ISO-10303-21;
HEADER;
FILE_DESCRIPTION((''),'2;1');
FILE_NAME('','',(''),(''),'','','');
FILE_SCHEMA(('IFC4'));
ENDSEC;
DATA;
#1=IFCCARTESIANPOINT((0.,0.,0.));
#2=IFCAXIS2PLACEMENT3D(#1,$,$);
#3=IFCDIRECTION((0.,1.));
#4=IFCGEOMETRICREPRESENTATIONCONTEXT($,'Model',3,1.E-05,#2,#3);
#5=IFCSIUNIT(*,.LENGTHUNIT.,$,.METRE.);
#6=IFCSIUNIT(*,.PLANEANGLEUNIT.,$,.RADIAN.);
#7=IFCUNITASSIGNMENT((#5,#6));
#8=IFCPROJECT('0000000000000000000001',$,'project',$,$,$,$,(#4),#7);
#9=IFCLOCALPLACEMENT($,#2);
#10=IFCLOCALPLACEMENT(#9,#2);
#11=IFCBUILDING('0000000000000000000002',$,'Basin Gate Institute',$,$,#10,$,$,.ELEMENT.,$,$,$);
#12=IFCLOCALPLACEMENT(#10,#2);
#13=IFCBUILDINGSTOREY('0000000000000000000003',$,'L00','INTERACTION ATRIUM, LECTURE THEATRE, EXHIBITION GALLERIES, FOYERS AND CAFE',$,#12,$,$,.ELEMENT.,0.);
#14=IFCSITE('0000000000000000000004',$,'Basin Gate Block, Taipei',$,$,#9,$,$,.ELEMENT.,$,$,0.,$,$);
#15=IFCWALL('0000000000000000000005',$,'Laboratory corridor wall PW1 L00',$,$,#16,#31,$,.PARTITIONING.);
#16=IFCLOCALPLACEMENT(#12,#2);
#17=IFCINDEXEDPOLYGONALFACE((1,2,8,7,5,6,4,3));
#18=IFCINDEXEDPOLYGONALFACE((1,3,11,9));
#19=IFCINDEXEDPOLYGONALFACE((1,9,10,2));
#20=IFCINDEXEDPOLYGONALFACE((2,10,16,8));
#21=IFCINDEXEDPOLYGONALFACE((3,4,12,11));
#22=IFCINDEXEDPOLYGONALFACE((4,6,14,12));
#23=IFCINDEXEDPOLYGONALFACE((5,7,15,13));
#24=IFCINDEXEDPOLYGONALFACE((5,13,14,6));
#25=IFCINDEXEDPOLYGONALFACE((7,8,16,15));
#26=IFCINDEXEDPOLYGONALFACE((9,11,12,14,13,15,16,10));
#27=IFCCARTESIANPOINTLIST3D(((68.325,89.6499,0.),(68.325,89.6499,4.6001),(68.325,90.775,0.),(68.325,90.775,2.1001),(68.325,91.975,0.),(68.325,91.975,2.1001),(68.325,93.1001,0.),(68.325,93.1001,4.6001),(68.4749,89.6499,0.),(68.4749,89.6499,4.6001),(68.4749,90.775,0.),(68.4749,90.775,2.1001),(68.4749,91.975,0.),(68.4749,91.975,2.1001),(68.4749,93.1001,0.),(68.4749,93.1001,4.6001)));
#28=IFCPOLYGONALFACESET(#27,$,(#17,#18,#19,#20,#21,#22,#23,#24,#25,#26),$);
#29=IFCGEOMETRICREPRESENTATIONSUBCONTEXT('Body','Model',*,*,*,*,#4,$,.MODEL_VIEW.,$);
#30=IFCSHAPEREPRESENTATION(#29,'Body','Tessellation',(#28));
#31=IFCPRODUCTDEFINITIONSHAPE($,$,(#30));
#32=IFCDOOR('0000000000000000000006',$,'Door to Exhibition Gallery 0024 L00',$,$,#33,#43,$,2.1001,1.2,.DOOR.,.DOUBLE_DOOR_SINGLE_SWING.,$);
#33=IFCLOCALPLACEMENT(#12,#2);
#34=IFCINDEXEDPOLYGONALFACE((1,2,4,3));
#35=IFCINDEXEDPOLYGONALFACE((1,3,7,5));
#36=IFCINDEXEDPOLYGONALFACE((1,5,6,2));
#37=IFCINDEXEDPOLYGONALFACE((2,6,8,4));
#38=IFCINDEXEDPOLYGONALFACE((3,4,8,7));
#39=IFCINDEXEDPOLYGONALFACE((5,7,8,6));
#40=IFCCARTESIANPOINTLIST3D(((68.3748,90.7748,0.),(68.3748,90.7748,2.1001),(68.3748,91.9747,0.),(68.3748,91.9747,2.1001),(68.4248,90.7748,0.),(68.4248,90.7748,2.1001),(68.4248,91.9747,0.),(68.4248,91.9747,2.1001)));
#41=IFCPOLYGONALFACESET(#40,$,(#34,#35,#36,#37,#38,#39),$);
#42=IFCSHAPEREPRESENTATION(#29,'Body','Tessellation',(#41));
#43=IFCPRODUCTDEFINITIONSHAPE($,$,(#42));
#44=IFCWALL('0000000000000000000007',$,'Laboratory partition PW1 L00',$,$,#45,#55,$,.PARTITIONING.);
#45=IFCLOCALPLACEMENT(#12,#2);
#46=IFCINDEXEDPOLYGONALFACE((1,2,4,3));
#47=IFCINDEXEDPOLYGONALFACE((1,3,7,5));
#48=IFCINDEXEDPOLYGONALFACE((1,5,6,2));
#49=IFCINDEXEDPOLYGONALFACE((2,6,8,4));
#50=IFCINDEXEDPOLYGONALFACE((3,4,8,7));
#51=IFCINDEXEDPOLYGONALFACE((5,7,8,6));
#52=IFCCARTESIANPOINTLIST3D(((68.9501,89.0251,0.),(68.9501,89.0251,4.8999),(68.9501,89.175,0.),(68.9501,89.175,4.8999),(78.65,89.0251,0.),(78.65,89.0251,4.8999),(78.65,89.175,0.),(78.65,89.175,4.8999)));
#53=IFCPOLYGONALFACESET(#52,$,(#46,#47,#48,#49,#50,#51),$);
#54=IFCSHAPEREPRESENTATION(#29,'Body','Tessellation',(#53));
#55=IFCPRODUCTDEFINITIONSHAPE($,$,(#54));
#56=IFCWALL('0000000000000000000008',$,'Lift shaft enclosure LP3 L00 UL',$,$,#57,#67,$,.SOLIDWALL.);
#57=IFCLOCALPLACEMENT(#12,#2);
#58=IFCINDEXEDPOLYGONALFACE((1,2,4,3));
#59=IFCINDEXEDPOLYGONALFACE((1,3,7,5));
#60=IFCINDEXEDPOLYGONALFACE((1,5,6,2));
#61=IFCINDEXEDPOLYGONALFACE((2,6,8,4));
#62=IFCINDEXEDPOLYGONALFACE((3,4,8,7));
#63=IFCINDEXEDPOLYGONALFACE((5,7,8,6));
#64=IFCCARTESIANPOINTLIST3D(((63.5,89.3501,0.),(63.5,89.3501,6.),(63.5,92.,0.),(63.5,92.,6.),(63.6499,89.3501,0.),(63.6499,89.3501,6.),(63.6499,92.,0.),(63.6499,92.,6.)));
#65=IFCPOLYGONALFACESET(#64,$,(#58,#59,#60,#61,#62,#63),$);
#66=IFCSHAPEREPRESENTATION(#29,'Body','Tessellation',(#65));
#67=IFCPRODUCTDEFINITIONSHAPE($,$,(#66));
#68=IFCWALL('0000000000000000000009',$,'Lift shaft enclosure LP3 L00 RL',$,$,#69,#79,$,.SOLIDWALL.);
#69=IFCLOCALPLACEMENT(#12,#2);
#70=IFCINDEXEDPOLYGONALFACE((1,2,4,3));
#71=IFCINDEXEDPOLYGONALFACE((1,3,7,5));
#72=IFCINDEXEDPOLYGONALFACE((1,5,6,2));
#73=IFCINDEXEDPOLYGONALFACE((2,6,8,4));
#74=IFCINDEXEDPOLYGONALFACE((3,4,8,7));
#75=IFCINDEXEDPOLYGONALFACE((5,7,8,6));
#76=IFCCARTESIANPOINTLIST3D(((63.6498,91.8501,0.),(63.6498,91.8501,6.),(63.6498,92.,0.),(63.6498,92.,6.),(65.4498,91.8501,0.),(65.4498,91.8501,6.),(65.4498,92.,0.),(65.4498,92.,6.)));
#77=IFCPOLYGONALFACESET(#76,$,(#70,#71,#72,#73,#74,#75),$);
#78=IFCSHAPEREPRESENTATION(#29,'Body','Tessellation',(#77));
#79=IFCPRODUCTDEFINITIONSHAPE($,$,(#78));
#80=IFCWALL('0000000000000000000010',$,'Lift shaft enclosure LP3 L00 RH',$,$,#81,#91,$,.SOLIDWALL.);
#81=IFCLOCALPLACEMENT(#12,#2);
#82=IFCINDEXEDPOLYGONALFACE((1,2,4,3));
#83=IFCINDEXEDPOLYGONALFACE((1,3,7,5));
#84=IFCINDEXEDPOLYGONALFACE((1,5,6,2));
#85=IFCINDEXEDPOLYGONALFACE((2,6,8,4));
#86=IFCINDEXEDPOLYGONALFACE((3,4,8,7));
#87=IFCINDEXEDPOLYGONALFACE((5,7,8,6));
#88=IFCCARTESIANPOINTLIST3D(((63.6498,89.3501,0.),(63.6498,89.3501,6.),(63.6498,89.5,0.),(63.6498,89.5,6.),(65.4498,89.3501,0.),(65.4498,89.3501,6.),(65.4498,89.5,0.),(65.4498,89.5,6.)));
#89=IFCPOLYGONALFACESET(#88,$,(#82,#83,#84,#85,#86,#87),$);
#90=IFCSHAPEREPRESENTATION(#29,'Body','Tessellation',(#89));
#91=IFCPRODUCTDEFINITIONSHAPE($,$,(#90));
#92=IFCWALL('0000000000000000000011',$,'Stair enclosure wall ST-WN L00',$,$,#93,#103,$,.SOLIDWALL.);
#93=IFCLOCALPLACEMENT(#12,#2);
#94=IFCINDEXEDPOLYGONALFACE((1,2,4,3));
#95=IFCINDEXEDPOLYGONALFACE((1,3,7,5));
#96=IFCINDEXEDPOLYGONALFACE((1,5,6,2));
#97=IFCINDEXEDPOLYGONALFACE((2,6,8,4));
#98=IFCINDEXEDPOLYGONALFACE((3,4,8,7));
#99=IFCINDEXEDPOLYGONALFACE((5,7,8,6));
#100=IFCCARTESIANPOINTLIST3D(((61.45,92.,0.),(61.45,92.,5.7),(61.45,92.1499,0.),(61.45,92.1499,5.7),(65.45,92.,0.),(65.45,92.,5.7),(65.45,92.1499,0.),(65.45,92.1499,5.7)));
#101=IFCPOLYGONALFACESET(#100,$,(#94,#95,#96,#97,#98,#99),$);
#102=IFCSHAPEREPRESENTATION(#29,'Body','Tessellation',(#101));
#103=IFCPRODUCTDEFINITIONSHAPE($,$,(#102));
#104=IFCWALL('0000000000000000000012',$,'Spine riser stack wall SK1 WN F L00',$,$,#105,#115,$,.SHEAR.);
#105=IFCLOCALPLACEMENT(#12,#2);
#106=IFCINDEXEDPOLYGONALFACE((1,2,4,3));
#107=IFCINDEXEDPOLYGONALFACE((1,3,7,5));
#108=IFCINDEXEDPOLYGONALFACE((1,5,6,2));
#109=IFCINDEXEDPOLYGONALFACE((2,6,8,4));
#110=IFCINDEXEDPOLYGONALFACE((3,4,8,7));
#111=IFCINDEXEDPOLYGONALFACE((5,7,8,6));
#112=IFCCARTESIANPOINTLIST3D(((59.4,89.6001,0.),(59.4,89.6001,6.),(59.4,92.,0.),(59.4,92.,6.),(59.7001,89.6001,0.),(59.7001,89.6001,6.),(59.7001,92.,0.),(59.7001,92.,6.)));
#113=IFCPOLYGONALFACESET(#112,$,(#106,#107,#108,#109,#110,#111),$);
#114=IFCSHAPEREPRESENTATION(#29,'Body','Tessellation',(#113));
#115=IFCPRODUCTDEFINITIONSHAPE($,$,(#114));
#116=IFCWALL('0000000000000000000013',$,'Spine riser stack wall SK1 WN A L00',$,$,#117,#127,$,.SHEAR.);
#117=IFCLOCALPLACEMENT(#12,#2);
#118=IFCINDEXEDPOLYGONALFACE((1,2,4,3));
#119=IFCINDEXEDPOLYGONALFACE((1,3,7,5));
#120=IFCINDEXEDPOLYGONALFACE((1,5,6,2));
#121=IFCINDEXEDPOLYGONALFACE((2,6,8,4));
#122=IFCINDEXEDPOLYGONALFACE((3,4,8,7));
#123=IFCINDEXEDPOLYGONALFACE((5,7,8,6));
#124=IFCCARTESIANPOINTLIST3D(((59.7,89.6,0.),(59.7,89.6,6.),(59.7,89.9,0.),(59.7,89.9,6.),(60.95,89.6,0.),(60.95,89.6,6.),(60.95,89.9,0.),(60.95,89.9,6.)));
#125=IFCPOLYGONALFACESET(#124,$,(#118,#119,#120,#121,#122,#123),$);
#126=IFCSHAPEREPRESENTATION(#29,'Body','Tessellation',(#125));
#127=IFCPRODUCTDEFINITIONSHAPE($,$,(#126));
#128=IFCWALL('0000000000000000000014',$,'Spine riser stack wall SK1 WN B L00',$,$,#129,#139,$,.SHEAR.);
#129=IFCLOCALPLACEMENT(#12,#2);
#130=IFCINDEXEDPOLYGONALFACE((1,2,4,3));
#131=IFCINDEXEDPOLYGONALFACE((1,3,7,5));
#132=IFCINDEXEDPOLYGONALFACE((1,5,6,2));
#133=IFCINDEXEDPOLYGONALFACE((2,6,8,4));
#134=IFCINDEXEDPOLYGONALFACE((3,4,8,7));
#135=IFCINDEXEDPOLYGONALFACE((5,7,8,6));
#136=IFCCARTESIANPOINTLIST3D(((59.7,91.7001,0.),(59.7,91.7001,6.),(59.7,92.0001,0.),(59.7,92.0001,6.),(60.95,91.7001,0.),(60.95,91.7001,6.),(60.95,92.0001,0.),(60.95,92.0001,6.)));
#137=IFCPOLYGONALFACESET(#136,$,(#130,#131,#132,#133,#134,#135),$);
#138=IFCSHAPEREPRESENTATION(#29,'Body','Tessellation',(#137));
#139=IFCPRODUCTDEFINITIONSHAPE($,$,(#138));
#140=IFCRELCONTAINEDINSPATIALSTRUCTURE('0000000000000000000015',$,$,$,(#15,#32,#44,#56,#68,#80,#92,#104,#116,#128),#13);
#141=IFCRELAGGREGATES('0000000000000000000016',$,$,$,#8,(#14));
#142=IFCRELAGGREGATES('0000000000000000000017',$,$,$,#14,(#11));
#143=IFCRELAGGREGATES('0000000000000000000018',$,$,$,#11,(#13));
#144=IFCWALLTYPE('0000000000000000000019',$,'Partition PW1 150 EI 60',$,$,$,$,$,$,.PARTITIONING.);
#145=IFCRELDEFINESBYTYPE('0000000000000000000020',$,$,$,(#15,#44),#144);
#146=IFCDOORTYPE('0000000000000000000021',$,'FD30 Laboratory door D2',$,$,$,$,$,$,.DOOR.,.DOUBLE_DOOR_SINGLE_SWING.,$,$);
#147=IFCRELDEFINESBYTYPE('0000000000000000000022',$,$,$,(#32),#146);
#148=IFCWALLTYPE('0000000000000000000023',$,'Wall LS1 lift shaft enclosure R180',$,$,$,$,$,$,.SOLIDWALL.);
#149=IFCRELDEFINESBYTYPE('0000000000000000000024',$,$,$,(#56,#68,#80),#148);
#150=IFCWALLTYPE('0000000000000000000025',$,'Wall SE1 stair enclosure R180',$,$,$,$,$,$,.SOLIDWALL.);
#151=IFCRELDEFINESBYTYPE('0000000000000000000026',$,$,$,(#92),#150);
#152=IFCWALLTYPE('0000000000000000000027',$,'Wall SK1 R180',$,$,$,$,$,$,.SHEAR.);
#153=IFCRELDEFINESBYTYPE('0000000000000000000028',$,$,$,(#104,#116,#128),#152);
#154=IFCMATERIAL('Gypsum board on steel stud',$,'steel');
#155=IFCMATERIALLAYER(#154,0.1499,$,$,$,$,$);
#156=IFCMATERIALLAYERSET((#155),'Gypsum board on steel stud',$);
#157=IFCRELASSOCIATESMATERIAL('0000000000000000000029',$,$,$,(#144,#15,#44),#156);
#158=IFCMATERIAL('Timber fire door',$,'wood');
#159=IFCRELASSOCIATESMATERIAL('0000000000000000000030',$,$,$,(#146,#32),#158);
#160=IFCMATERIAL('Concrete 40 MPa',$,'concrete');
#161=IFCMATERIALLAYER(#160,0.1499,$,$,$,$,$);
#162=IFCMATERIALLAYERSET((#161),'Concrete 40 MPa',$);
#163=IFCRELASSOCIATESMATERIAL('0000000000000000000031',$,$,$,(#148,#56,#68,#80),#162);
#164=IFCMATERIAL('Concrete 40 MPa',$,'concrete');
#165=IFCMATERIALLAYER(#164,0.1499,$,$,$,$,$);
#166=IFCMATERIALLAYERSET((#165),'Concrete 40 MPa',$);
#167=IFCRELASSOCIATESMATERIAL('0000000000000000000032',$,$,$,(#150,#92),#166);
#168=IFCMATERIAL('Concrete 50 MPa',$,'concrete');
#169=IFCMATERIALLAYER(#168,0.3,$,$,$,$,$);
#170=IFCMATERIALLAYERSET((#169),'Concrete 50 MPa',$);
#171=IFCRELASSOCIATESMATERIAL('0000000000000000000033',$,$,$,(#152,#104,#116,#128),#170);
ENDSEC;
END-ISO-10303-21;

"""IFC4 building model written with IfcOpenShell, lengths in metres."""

from ifc_helpers import new_model, si_unit, direction, frame, frame_2d, origin, place, context, subcontext, project, spatial, rectangle, extrude, material, layer, layer_set, type_object, element, fill, save


model = new_model("IFC4")

# Units and contexts
model_context = context("Model", 3, precision=1e-05, world=origin(), true_north=direction((0.0, 1.0)))
body_context = subcontext(model_context, "Body", "Model", "MODEL_VIEW")
ifc_project = project(units=[si_unit("LENGTHUNIT", "METRE"), si_unit("PLANEANGLEUNIT", "RADIAN")], contexts=[model_context])

# Site, building, storey
site_placement = place(None, origin())
site = spatial("IfcSite", under=ifc_project, at=site_placement, Name="Basin Gate Block, Taipei", CompositionType="ELEMENT", RefElevation=0.0)
building_placement = place(site_placement, origin())
building = spatial("IfcBuilding", under=site, at=building_placement, Name="Basin Gate Institute", CompositionType="ELEMENT")
storey_placement = place(building_placement, origin())
storey = spatial("IfcBuildingStorey", under=building, at=storey_placement, Name="L00", Description="INTERACTION ATRIUM, LECTURE THEATRE, EXHIBITION GALLERIES, FOYERS AND CAFE", CompositionType="ELEMENT", Elevation=0.0)

# Wall, opening, door
ifc_material_1 = material(Name="Gypsum board on steel stud", Category="steel")
ifc_layer_1 = layer(ifc_material_1, 0.1499)
ifc_layer_set_1 = layer_set([ifc_layer_1], Name="Gypsum board on steel stud")
wall_type_1 = type_object("IfcWallType", Name="Partition PW1 150 EI 60", PredefinedType="PARTITIONING", material=ifc_layer_set_1)
wall_1_placement = place(storey_placement, frame((68.3999, 89.6499, 0.0), z_axis=(0.0, 0.0, 1.0), x_axis=(0.0, 1.0, 0.0)))
wall_1 = element("IfcWall", 1, at=wall_1_placement, inside=storey, type_object=wall_type_1, material=ifc_layer_set_1, Name="Laboratory corridor wall PW1 L00", PredefinedType="PARTITIONING", context=body_context, shape_type="SweptSolid", body=[
    extrude(rectangle(XDim=3.4502, YDim=0.1499, at=frame_2d((1.7251, 0.0))), origin(), (0.0, 0.0, 1.0), 4.6001),
])
opening_1_placement = place(wall_1_placement, frame((1.125, 0.0, 0.0)))
opening_1 = element("IfcOpeningElement", 2, at=opening_1_placement, cuts=wall_1, PredefinedType="OPENING", context=body_context, shape_type="SweptSolid", body=[
    extrude(rectangle(XDim=1.2, YDim=2.1001, at=frame_2d((0.6001, 1.05))), frame((0.0, 0.085, 0.0), z_axis=(0.0, -1.0, 0.0), x_axis=(1.0, 0.0, 0.0)), (0.0, 0.0, 1.0), 0.1699),
])
ifc_material_2 = material(Name="Timber fire door", Category="wood")
door_type_1 = type_object("IfcDoorType", Name="FD30 Laboratory door D2", OperationType="DOUBLE_DOOR_SINGLE_SWING", PredefinedType="DOOR", material=ifc_material_2)
door_1_placement = place(opening_1_placement, frame((1.2, 0.0, 0.0), z_axis=(0.0, 0.0, 1.0), x_axis=(-1.0, 0.0, 0.0)))
door_1 = element("IfcDoor", 3, at=door_1_placement, inside=storey, type_object=door_type_1, material=ifc_material_2, Name="Door to Exhibition Gallery 0024 L00", OperationType="DOUBLE_DOOR_SINGLE_SWING", OverallHeight=2.1001, OverallWidth=1.2, PredefinedType="DOOR", context=body_context, shape_type="SweptSolid", body=[
    extrude(rectangle(XDim=1.2, YDim=2.1001, at=frame_2d((0.6001, 1.05))), frame((0.0, 0.0249, 0.0), z_axis=(0.0, -1.0, 0.0), x_axis=(1.0, 0.0, 0.0)), (0.0, 0.0, 1.0), 0.05),
])
fill(opening_1, door_1)

# Walls
wall_2_placement = place(storey_placement, frame((68.95, 89.1001, 0.0), z_axis=(0.0, 0.0, 1.0), x_axis=(1.0, 0.0, 0.0)))
element("IfcWall", 4, at=wall_2_placement, inside=storey, type_object=wall_type_1, material=ifc_layer_set_1, Name="Laboratory partition PW1 L00", PredefinedType="PARTITIONING", context=body_context, shape_type="SweptSolid", body=[
    extrude(rectangle(XDim=9.7, YDim=0.1499, at=frame_2d((4.8501, 0.0))), origin(), (0.0, 0.0, 1.0), 4.8999),
])
ifc_material_3 = material(Name="Concrete 40 MPa", Category="concrete")
ifc_layer_2 = layer(ifc_material_3, 0.1499)
ifc_layer_set_2 = layer_set([ifc_layer_2], Name="Concrete 40 MPa")
wall_type_2 = type_object("IfcWallType", Name="Wall LS1 lift shaft enclosure R180", PredefinedType="SOLIDWALL", material=ifc_layer_set_2)
wall_3_placement = place(storey_placement, frame((63.575, 92.0, 0.0), z_axis=(0.0, 0.0, 1.0), x_axis=(0.0, -1.0, 0.0)))
element("IfcWall", 5, at=wall_3_placement, inside=storey, type_object=wall_type_2, material=ifc_layer_set_2, Name="Lift shaft enclosure LP3 L00 UL", PredefinedType="SOLIDWALL", context=body_context, shape_type="SweptSolid", body=[
    extrude(rectangle(XDim=2.6499, YDim=0.1499, at=frame_2d((1.325, 0.0))), origin(), (0.0, 0.0, 1.0), 6.0),
])
for number, where, z_axis, x_axis, name in (
    (6, (63.6499, 91.925, 0.0), (0.0, 0.0, 1.0), (1.0, 0.0, 0.0), "Lift shaft enclosure LP3 L00 RL"),
    (7, (63.6499, 89.425, 0.0), (0.0, 0.0, 1.0), (1.0, 0.0, 0.0), "Lift shaft enclosure LP3 L00 RH"),
):
    element("IfcWall", number, at=place(storey_placement, frame(where, z_axis=z_axis, x_axis=x_axis)), inside=storey, type_object=wall_type_2, material=ifc_layer_set_2, Name=name, PredefinedType="SOLIDWALL", context=body_context, shape_type="SweptSolid", body=[
        extrude(rectangle(XDim=1.8, YDim=0.1499, at=frame_2d((0.8999, 0.0))), origin(), (0.0, 0.0, 1.0), 6.0),
    ])
ifc_material_4 = material(Name="Concrete 40 MPa", Category="concrete")
ifc_layer_3 = layer(ifc_material_4, 0.1499)
ifc_layer_set_3 = layer_set([ifc_layer_3], Name="Concrete 40 MPa")
wall_type_3 = type_object("IfcWallType", Name="Wall SE1 stair enclosure R180", PredefinedType="SOLIDWALL", material=ifc_layer_set_3)
wall_4_placement = place(storey_placement, frame((61.45, 92.075, 0.0), z_axis=(0.0, 0.0, 1.0), x_axis=(1.0, 0.0, 0.0)))
element("IfcWall", 8, at=wall_4_placement, inside=storey, type_object=wall_type_3, material=ifc_layer_set_3, Name="Stair enclosure wall ST-WN L00", PredefinedType="SOLIDWALL", context=body_context, shape_type="SweptSolid", body=[
    extrude(rectangle(XDim=4.0, YDim=0.1499, at=frame_2d((2.0, 0.0))), origin(), (0.0, 0.0, 1.0), 5.7),
])
ifc_material_5 = material(Name="Concrete 50 MPa", Category="concrete")
ifc_layer_4 = layer(ifc_material_5, 0.3)
ifc_layer_set_4 = layer_set([ifc_layer_4], Name="Concrete 50 MPa")
wall_type_4 = type_object("IfcWallType", Name="Wall SK1 R180", PredefinedType="SHEAR", material=ifc_layer_set_4)
wall_5_placement = place(storey_placement, frame((59.55, 89.6001, 0.0), z_axis=(0.0, 0.0, 1.0), x_axis=(0.0, 1.0, 0.0)))
element("IfcWall", 9, at=wall_5_placement, inside=storey, type_object=wall_type_4, material=ifc_layer_set_4, Name="Spine riser stack wall SK1 WN F L00", PredefinedType="SHEAR", context=body_context, shape_type="SweptSolid", body=[
    extrude(rectangle(XDim=2.3999, YDim=0.3, at=frame_2d((1.2, 0.0))), origin(), (0.0, 0.0, 1.0), 6.0),
])
for number, where, z_axis, x_axis, name in (
    (10, (60.95, 89.75, 0.0), (0.0, 0.0, 1.0), (-1.0, 0.0, 0.0), "Spine riser stack wall SK1 WN A L00"),
    (11, (60.95, 91.8501, 0.0), (0.0, 0.0, 1.0), (-1.0, 0.0, 0.0), "Spine riser stack wall SK1 WN B L00"),
):
    element("IfcWall", number, at=place(storey_placement, frame(where, z_axis=z_axis, x_axis=x_axis)), inside=storey, type_object=wall_type_4, material=ifc_layer_set_4, Name=name, PredefinedType="SHEAR", context=body_context, shape_type="SweptSolid", body=[
        extrude(rectangle(XDim=1.25, YDim=0.3, at=frame_2d((0.625, 0.0))), origin(), (0.0, 0.0, 1.0), 6.0),
    ])

save(model, "model.ifc")
